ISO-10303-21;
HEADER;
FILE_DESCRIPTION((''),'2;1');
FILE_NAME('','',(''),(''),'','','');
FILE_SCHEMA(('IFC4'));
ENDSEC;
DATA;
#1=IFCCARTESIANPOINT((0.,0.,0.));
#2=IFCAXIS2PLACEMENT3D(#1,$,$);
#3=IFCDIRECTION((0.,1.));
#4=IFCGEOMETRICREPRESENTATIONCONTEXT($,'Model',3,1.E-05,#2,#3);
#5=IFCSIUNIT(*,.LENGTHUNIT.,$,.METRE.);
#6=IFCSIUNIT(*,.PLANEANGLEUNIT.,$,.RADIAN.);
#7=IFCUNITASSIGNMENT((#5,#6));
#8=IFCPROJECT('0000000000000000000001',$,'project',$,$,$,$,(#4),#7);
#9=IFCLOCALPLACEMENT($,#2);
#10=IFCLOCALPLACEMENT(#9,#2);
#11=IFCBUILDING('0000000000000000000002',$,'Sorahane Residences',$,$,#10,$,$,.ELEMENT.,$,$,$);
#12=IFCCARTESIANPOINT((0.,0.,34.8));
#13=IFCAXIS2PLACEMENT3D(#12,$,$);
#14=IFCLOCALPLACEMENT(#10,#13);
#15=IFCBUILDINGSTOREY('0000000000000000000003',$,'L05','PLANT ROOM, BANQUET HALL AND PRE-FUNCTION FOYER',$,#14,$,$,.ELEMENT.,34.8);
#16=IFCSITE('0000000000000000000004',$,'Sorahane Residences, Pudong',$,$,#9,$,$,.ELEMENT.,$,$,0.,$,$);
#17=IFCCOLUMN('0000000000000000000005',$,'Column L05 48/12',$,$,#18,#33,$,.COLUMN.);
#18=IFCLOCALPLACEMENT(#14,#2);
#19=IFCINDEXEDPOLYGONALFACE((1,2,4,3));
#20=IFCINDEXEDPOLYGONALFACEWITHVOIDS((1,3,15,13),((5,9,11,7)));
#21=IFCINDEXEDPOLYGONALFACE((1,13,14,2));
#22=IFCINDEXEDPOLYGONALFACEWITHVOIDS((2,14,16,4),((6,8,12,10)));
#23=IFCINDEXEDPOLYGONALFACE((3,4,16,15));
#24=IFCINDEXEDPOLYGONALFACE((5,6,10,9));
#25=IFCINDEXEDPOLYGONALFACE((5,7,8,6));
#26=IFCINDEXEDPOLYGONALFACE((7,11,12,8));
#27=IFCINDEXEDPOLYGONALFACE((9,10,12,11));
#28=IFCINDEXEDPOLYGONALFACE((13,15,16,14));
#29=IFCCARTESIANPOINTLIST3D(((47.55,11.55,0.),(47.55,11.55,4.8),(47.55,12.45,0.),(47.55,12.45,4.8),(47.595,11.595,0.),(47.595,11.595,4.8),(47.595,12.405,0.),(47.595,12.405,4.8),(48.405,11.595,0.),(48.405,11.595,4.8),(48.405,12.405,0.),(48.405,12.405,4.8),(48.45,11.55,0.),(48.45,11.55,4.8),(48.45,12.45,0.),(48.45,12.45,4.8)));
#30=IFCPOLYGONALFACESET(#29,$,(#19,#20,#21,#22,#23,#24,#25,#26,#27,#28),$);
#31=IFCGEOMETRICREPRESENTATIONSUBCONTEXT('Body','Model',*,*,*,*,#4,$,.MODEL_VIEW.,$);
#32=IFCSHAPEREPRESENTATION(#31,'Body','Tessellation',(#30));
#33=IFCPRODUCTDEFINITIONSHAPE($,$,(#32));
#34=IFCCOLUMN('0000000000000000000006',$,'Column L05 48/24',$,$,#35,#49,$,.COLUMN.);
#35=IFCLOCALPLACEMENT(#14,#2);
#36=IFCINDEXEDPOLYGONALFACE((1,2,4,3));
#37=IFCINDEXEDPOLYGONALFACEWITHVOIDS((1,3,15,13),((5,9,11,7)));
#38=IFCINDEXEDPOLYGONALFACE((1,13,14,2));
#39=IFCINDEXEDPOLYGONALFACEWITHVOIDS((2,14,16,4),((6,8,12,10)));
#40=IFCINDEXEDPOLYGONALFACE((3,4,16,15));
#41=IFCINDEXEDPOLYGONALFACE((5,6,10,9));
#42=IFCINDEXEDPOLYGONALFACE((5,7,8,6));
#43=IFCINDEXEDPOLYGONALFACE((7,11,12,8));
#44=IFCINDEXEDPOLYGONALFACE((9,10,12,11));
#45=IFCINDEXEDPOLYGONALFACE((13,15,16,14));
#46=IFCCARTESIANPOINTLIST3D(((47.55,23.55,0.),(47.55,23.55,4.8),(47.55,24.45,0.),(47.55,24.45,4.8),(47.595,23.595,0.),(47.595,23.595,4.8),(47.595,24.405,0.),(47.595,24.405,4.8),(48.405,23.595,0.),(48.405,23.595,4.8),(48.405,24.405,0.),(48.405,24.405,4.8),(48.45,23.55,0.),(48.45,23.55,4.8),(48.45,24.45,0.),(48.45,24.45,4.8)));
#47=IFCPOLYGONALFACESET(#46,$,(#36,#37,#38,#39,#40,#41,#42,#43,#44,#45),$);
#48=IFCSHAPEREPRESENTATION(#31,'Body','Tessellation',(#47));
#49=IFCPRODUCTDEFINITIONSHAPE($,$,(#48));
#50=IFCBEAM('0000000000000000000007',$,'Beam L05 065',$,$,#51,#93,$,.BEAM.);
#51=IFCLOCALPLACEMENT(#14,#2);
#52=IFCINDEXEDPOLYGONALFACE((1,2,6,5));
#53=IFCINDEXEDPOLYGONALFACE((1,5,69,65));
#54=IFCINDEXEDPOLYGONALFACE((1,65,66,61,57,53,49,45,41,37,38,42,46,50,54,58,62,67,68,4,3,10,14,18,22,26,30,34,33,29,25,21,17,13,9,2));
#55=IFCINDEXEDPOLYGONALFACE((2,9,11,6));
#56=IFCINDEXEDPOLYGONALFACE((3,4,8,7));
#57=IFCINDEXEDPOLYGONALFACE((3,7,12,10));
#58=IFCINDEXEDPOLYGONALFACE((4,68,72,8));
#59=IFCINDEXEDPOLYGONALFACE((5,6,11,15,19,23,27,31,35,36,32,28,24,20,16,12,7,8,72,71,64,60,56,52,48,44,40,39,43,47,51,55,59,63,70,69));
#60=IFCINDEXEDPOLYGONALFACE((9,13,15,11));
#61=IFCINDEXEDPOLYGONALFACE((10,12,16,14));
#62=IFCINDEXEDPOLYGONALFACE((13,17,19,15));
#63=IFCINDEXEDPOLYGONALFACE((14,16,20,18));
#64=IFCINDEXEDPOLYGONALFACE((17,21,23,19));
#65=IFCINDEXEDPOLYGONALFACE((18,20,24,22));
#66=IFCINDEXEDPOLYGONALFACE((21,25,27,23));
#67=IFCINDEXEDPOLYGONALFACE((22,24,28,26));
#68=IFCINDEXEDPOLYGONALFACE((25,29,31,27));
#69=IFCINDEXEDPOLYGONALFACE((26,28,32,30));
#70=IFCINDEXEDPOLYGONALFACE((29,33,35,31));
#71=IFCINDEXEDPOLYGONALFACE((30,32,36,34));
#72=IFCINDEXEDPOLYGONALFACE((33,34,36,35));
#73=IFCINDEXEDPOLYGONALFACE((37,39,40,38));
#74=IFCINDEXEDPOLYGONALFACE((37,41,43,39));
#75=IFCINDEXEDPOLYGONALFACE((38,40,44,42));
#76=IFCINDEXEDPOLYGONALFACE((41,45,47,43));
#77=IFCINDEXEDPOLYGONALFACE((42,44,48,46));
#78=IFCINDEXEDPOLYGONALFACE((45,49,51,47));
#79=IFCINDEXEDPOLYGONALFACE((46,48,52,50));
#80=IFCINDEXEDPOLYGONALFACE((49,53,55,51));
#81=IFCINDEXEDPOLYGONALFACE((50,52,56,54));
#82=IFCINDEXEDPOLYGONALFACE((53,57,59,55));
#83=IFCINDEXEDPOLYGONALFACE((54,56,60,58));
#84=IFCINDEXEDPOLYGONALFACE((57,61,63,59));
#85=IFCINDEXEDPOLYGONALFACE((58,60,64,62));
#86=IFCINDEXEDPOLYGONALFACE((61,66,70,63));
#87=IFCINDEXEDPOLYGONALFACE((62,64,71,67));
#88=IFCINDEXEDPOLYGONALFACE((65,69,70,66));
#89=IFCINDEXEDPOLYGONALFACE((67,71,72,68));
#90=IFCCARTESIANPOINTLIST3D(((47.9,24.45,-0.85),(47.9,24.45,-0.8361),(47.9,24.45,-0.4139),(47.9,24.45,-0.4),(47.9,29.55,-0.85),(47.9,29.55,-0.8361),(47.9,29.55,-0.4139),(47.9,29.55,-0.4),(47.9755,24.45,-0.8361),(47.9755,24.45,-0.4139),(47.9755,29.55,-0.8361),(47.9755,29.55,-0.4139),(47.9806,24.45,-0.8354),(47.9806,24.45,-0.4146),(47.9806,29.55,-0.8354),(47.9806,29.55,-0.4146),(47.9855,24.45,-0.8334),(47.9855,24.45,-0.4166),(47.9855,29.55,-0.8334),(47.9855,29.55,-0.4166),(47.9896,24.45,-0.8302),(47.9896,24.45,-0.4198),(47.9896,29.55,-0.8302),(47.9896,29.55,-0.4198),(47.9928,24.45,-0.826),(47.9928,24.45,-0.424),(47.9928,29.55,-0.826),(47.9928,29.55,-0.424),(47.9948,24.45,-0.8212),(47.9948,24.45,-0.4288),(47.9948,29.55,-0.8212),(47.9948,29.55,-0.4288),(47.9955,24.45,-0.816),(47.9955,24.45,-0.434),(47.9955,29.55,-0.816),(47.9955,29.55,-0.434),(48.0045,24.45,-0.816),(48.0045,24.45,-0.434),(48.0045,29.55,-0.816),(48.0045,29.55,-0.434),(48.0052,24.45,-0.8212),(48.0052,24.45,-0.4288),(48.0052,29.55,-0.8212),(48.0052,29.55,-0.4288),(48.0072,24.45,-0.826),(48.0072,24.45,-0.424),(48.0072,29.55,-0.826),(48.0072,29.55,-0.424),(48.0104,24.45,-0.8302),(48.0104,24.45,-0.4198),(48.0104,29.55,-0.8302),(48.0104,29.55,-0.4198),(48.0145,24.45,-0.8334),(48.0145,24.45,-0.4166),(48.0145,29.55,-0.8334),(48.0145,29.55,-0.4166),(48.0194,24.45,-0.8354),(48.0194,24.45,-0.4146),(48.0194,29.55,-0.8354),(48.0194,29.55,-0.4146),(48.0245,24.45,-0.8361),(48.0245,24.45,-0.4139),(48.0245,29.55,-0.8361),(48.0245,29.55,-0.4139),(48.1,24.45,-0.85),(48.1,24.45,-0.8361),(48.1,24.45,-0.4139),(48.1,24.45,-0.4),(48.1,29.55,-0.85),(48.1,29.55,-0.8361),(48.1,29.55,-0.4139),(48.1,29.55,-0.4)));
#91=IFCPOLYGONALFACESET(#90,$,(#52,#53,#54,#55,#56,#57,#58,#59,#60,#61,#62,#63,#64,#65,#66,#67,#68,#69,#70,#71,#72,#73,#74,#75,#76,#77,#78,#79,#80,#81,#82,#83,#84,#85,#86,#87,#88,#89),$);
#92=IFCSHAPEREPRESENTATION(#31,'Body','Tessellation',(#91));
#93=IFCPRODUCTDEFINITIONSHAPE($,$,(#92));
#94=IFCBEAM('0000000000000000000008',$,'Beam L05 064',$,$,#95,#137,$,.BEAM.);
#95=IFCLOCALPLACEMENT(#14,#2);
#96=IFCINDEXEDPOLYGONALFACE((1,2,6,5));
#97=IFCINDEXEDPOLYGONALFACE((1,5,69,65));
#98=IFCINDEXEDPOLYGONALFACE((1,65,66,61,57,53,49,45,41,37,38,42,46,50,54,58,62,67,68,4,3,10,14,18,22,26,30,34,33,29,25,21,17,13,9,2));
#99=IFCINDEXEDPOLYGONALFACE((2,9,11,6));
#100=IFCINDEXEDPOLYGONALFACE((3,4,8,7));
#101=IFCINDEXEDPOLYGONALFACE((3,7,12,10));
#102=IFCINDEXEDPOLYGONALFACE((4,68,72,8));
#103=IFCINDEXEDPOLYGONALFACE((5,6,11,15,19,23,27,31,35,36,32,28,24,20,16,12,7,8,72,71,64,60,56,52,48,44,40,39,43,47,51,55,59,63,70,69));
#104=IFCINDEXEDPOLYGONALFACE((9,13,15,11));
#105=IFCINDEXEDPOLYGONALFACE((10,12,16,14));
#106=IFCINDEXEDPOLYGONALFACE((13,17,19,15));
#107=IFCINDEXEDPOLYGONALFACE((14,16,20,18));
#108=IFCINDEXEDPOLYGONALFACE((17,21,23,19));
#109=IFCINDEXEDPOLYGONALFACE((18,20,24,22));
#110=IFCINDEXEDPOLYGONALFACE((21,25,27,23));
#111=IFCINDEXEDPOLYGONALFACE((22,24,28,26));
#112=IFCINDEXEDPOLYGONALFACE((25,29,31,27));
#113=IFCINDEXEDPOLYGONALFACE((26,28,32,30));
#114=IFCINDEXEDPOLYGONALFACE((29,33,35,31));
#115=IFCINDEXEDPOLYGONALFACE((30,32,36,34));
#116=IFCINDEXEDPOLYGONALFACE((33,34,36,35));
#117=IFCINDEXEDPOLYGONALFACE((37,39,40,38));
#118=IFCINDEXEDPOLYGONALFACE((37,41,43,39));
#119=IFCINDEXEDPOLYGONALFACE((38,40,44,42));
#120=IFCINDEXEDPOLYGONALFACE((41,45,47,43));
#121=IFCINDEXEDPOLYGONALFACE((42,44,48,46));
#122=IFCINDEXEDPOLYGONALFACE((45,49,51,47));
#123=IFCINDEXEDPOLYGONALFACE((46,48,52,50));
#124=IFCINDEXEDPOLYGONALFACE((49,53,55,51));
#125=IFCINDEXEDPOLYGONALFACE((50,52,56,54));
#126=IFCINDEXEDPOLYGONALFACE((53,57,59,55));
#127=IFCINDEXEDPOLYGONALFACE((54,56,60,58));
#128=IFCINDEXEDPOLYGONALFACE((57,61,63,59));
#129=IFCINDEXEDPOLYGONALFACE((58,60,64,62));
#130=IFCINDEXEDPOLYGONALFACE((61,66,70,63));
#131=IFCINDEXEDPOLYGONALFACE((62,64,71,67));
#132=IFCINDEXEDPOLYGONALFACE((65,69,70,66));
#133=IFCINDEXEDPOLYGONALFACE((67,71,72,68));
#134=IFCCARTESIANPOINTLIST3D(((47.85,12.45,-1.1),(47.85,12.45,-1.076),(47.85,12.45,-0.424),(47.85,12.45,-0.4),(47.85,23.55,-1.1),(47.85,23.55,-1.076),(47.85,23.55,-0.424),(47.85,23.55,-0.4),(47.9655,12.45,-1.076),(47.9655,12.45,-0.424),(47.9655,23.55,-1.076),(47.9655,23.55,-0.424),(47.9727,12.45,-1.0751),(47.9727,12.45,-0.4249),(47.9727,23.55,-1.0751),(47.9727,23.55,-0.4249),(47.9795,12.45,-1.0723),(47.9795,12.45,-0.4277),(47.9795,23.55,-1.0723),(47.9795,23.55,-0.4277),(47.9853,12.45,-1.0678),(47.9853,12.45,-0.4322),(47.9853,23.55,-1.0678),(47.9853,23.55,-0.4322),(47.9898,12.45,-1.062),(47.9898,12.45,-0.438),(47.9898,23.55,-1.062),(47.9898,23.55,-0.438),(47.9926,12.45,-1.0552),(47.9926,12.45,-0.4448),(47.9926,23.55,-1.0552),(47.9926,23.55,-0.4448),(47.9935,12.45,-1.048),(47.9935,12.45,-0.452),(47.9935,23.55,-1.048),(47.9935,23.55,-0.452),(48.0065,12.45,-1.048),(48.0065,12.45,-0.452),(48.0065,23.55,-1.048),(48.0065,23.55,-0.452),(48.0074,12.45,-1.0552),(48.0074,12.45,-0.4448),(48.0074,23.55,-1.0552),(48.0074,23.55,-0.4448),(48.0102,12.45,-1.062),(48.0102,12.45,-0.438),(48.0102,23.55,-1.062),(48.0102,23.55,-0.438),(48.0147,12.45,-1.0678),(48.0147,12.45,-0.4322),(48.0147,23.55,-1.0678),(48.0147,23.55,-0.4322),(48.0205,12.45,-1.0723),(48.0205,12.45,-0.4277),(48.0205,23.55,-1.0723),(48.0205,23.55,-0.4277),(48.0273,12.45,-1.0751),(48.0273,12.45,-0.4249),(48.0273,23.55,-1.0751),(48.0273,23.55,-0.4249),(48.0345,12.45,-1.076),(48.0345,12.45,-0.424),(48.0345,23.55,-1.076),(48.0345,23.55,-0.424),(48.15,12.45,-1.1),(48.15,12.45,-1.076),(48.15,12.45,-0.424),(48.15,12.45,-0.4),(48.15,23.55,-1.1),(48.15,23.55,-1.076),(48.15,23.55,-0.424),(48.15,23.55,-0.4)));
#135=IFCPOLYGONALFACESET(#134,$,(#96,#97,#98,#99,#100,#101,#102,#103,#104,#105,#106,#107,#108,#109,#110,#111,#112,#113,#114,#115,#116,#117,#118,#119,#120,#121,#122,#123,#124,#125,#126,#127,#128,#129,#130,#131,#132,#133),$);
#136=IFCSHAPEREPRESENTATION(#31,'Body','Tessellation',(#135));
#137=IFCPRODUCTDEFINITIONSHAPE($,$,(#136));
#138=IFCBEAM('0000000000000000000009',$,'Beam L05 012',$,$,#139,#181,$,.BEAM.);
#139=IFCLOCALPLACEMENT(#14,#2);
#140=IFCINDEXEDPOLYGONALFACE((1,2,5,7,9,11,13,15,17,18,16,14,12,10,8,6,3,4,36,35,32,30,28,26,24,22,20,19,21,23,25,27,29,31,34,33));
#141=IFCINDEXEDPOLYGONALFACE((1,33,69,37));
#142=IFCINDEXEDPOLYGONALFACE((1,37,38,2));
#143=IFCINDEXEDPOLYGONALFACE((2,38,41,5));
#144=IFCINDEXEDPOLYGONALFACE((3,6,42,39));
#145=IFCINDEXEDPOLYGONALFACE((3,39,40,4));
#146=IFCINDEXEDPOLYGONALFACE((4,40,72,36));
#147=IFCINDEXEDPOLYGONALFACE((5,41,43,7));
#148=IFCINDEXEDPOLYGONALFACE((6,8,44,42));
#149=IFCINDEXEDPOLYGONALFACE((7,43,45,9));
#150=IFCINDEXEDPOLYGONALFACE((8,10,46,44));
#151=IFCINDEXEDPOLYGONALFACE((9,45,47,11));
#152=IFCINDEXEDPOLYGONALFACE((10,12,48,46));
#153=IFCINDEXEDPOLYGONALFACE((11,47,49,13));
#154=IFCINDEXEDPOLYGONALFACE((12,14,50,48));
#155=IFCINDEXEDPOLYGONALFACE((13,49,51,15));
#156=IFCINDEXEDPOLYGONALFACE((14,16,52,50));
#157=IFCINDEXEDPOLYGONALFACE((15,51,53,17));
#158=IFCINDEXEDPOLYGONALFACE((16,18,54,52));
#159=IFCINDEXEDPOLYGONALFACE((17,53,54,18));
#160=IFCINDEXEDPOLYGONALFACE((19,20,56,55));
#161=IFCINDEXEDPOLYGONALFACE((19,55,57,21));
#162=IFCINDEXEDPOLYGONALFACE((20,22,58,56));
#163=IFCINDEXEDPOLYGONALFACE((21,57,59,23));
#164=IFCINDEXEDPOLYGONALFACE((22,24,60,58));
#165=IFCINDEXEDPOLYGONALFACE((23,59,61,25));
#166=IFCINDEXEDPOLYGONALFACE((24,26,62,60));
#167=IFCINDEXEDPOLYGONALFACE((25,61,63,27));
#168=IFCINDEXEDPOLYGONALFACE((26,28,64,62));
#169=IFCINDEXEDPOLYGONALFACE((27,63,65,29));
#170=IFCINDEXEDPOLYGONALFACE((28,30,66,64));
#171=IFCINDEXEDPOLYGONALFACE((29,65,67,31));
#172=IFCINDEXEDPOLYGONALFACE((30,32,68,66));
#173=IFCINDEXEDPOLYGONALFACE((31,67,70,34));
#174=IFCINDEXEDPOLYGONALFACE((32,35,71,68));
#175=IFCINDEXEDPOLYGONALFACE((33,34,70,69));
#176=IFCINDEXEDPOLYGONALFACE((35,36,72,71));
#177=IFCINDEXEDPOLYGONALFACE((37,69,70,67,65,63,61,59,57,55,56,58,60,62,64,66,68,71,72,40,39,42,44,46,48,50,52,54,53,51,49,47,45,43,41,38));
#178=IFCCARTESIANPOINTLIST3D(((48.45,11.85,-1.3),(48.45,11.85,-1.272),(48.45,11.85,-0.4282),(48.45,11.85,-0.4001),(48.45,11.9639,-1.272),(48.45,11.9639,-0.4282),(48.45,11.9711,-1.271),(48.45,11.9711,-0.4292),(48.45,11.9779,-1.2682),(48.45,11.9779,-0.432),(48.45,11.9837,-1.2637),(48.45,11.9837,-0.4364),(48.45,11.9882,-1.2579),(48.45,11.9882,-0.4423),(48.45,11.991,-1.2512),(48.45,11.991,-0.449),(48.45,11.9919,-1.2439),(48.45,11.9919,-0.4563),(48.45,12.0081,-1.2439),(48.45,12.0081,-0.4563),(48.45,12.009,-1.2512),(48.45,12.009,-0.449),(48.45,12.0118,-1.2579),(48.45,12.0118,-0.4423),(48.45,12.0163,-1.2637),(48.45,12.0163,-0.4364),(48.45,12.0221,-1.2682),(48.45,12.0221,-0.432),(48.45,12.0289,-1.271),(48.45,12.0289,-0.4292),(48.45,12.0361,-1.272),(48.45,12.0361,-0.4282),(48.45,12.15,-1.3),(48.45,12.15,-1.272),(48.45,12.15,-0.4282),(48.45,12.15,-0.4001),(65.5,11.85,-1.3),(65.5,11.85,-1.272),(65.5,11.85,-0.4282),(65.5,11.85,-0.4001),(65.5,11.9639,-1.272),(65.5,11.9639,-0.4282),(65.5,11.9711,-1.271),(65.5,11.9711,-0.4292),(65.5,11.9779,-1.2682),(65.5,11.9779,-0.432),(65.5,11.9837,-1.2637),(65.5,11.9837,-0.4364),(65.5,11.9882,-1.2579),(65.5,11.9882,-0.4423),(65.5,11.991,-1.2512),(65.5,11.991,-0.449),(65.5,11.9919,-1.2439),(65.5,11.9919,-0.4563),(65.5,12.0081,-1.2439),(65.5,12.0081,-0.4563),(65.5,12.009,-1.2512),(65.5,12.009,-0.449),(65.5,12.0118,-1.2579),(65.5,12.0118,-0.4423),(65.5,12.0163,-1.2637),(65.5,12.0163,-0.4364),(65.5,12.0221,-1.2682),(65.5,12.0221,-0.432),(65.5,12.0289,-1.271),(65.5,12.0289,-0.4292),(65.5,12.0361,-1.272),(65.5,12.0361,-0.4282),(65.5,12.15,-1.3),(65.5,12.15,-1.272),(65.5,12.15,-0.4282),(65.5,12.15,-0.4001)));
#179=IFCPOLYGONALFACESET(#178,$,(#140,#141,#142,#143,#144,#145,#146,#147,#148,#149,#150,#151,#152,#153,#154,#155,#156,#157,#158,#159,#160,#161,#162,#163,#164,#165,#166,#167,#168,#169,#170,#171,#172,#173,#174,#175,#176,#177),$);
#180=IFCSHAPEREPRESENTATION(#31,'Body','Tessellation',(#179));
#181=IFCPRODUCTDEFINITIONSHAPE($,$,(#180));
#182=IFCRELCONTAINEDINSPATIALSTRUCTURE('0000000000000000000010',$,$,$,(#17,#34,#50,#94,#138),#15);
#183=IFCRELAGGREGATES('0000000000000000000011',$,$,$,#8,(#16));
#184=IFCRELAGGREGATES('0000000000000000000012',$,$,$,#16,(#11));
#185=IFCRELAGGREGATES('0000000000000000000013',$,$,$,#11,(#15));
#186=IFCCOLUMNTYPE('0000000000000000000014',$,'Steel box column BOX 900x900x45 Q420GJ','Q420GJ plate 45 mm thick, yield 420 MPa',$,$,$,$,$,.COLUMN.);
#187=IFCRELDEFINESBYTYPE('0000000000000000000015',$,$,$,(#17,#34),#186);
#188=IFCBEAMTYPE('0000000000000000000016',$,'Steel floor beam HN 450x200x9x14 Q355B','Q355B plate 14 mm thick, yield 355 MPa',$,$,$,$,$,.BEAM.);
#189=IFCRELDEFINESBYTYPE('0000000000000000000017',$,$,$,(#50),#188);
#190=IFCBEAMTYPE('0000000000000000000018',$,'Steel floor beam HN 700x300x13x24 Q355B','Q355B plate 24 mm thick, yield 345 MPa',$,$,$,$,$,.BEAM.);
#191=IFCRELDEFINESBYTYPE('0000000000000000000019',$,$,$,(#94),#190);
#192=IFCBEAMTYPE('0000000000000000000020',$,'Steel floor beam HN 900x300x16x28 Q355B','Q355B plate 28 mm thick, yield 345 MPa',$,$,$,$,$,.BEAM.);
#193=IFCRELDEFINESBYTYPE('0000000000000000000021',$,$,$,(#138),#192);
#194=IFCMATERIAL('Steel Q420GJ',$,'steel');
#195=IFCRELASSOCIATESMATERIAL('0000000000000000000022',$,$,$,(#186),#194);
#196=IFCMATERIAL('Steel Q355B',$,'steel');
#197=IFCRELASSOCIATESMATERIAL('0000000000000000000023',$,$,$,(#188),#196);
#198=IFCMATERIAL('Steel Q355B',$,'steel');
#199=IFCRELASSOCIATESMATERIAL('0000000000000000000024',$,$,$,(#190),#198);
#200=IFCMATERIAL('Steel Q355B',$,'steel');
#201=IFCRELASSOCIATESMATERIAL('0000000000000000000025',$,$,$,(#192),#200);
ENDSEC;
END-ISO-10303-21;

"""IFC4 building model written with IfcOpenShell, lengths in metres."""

from ifc_helpers import new_model, si_unit, direction, frame, origin, origin_2d, place, context, subcontext, project, spatial, hollow_rectangle, i_section, extrude, material, material_profile, profile_set, type_object, element, save


model = new_model("IFC4")

# Units and contexts
model_context = context("Model", 3, precision=1e-05, world=origin(), true_north=direction((0.0, 1.0)))
body_context = subcontext(model_context, "Body", "Model", "MODEL_VIEW")
ifc_project = project(units=[si_unit("LENGTHUNIT", "METRE"), si_unit("PLANEANGLEUNIT", "RADIAN")], contexts=[model_context])

# Site, building, storey
site_placement = place(None, origin())
site = spatial("IfcSite", under=ifc_project, at=site_placement, Name="Sorahane Residences, Pudong", CompositionType="ELEMENT", RefElevation=0.0)
building_placement = place(site_placement, origin())
building = spatial("IfcBuilding", under=site, at=building_placement, Name="Sorahane Residences", CompositionType="ELEMENT")
storey_placement = place(building_placement, frame((0.0, 0.0, 34.8)))
storey = spatial("IfcBuildingStorey", under=building, at=storey_placement, Name="L05", Description="PLANT ROOM, BANQUET HALL AND PRE-FUNCTION FOYER", CompositionType="ELEMENT", Elevation=34.8)

# Columns
ifc_material_1 = material(Name="Steel Q420GJ", Category="steel")
ifc_material_profile_1 = material_profile(ifc_material_1, hollow_rectangle(XDim=0.8999, YDim=0.8999, WallThickness=0.0449, at=origin_2d()), Name="BOX 900x900x45")
ifc_profile_set_1 = profile_set([ifc_material_profile_1], Name="Steel Q420GJ")
column_type = type_object("IfcColumnType", Name="Steel box column BOX 900x900x45 Q420GJ", Description="Q420GJ plate 45 mm thick, yield 420 MPa", PredefinedType="COLUMN", material=ifc_profile_set_1)
for number, where, z_axis, x_axis, name in (
    (1, (48.0, 12.0, 0.0), (0.0, 0.0, 1.0), (1.0, 0.0, 0.0), "Column L05 48/12"),
    (2, (48.0, 24.0, 0.0), (0.0, 0.0, 1.0), (1.0, 0.0, 0.0), "Column L05 48/24"),
):
    element("IfcColumn", number, at=place(storey_placement, frame(where, z_axis=z_axis, x_axis=x_axis)), inside=storey, type_object=column_type, Name=name, PredefinedType="COLUMN", context=body_context, shape_type="SweptSolid", body=[
        extrude(hollow_rectangle(XDim=0.8999, YDim=0.8999, WallThickness=0.0449, at=origin_2d()), origin(), (0.0, 0.0, 1.0), 4.8),
    ])

# Beams
ifc_material_2 = material(Name="Steel Q355B", Category="steel")
ifc_material_profile_2 = material_profile(ifc_material_2, i_section(OverallWidth=0.2, OverallDepth=0.45, WebThickness=0.009, FlangeThickness=0.0139, FilletRadius=0.02, at=origin_2d()), Name="HN 450x200x9x14")
ifc_profile_set_2 = profile_set([ifc_material_profile_2], Name="Steel Q355B")
beam_type_1 = type_object("IfcBeamType", Name="Steel floor beam HN 450x200x9x14 Q355B", Description="Q355B plate 14 mm thick, yield 355 MPa", PredefinedType="BEAM", material=ifc_profile_set_2)
beam_1_placement = place(storey_placement, frame((48.0, 24.45, -0.625), z_axis=(0.0, 1.0, 0.0), x_axis=(-1.0, 0.0, 0.0)))
element("IfcBeam", 3, at=beam_1_placement, inside=storey, type_object=beam_type_1, Name="Beam L05 065", PredefinedType="BEAM", context=body_context, shape_type="SweptSolid", body=[
    extrude(i_section(OverallWidth=0.2, OverallDepth=0.45, WebThickness=0.009, FlangeThickness=0.0139, FilletRadius=0.02, at=origin_2d()), origin(), (0.0, 0.0, 1.0), 5.1001),
])
ifc_material_3 = material(Name="Steel Q355B", Category="steel")
ifc_material_profile_3 = material_profile(ifc_material_3, i_section(OverallWidth=0.3, OverallDepth=0.7, WebThickness=0.0129, FlangeThickness=0.0239, FilletRadius=0.0281, at=origin_2d()), Name="HN 700x300x13x24")
ifc_profile_set_3 = profile_set([ifc_material_profile_3], Name="Steel Q355B")
beam_type_2 = type_object("IfcBeamType", Name="Steel floor beam HN 700x300x13x24 Q355B", Description="Q355B plate 24 mm thick, yield 345 MPa", PredefinedType="BEAM", material=ifc_profile_set_3)
beam_2_placement = place(storey_placement, frame((48.0, 12.45, -0.75), z_axis=(0.0, 1.0, 0.0), x_axis=(-1.0, 0.0, 0.0)))
element("IfcBeam", 4, at=beam_2_placement, inside=storey, type_object=beam_type_2, Name="Beam L05 064", PredefinedType="BEAM", context=body_context, shape_type="SweptSolid", body=[
    extrude(i_section(OverallWidth=0.3, OverallDepth=0.7, WebThickness=0.0129, FlangeThickness=0.0239, FilletRadius=0.0281, at=origin_2d()), origin(), (0.0, 0.0, 1.0), 11.1001),
])
ifc_material_4 = material(Name="Steel Q355B", Category="steel")
ifc_material_profile_4 = material_profile(ifc_material_4, i_section(OverallWidth=0.3, OverallDepth=0.8999, WebThickness=0.0161, FlangeThickness=0.0281, FilletRadius=0.0281, at=origin_2d()), Name="HN 900x300x16x28")
ifc_profile_set_4 = profile_set([ifc_material_profile_4], Name="Steel Q355B")
beam_type_3 = type_object("IfcBeamType", Name="Steel floor beam HN 900x300x16x28 Q355B", Description="Q355B plate 28 mm thick, yield 345 MPa", PredefinedType="BEAM", material=ifc_profile_set_4)
for number, where, z_axis, x_axis, name in (
    (5, (48.45, 12.0, -0.8501), (1.0, 0.0, 0.0), (0.0, 1.0, 0.0), "Beam L05 012"),
):
    element("IfcBeam", number, at=place(storey_placement, frame(where, z_axis=z_axis, x_axis=x_axis)), inside=storey, type_object=beam_type_3, Name=name, PredefinedType="BEAM", context=body_context, shape_type="SweptSolid", body=[
        extrude(i_section(OverallWidth=0.3, OverallDepth=0.8999, WebThickness=0.0161, FlangeThickness=0.0281, FilletRadius=0.0281, at=origin_2d()), origin(), (0.0, 0.0, 1.0), 17.05),
    ])

save(model, "model.ifc")
